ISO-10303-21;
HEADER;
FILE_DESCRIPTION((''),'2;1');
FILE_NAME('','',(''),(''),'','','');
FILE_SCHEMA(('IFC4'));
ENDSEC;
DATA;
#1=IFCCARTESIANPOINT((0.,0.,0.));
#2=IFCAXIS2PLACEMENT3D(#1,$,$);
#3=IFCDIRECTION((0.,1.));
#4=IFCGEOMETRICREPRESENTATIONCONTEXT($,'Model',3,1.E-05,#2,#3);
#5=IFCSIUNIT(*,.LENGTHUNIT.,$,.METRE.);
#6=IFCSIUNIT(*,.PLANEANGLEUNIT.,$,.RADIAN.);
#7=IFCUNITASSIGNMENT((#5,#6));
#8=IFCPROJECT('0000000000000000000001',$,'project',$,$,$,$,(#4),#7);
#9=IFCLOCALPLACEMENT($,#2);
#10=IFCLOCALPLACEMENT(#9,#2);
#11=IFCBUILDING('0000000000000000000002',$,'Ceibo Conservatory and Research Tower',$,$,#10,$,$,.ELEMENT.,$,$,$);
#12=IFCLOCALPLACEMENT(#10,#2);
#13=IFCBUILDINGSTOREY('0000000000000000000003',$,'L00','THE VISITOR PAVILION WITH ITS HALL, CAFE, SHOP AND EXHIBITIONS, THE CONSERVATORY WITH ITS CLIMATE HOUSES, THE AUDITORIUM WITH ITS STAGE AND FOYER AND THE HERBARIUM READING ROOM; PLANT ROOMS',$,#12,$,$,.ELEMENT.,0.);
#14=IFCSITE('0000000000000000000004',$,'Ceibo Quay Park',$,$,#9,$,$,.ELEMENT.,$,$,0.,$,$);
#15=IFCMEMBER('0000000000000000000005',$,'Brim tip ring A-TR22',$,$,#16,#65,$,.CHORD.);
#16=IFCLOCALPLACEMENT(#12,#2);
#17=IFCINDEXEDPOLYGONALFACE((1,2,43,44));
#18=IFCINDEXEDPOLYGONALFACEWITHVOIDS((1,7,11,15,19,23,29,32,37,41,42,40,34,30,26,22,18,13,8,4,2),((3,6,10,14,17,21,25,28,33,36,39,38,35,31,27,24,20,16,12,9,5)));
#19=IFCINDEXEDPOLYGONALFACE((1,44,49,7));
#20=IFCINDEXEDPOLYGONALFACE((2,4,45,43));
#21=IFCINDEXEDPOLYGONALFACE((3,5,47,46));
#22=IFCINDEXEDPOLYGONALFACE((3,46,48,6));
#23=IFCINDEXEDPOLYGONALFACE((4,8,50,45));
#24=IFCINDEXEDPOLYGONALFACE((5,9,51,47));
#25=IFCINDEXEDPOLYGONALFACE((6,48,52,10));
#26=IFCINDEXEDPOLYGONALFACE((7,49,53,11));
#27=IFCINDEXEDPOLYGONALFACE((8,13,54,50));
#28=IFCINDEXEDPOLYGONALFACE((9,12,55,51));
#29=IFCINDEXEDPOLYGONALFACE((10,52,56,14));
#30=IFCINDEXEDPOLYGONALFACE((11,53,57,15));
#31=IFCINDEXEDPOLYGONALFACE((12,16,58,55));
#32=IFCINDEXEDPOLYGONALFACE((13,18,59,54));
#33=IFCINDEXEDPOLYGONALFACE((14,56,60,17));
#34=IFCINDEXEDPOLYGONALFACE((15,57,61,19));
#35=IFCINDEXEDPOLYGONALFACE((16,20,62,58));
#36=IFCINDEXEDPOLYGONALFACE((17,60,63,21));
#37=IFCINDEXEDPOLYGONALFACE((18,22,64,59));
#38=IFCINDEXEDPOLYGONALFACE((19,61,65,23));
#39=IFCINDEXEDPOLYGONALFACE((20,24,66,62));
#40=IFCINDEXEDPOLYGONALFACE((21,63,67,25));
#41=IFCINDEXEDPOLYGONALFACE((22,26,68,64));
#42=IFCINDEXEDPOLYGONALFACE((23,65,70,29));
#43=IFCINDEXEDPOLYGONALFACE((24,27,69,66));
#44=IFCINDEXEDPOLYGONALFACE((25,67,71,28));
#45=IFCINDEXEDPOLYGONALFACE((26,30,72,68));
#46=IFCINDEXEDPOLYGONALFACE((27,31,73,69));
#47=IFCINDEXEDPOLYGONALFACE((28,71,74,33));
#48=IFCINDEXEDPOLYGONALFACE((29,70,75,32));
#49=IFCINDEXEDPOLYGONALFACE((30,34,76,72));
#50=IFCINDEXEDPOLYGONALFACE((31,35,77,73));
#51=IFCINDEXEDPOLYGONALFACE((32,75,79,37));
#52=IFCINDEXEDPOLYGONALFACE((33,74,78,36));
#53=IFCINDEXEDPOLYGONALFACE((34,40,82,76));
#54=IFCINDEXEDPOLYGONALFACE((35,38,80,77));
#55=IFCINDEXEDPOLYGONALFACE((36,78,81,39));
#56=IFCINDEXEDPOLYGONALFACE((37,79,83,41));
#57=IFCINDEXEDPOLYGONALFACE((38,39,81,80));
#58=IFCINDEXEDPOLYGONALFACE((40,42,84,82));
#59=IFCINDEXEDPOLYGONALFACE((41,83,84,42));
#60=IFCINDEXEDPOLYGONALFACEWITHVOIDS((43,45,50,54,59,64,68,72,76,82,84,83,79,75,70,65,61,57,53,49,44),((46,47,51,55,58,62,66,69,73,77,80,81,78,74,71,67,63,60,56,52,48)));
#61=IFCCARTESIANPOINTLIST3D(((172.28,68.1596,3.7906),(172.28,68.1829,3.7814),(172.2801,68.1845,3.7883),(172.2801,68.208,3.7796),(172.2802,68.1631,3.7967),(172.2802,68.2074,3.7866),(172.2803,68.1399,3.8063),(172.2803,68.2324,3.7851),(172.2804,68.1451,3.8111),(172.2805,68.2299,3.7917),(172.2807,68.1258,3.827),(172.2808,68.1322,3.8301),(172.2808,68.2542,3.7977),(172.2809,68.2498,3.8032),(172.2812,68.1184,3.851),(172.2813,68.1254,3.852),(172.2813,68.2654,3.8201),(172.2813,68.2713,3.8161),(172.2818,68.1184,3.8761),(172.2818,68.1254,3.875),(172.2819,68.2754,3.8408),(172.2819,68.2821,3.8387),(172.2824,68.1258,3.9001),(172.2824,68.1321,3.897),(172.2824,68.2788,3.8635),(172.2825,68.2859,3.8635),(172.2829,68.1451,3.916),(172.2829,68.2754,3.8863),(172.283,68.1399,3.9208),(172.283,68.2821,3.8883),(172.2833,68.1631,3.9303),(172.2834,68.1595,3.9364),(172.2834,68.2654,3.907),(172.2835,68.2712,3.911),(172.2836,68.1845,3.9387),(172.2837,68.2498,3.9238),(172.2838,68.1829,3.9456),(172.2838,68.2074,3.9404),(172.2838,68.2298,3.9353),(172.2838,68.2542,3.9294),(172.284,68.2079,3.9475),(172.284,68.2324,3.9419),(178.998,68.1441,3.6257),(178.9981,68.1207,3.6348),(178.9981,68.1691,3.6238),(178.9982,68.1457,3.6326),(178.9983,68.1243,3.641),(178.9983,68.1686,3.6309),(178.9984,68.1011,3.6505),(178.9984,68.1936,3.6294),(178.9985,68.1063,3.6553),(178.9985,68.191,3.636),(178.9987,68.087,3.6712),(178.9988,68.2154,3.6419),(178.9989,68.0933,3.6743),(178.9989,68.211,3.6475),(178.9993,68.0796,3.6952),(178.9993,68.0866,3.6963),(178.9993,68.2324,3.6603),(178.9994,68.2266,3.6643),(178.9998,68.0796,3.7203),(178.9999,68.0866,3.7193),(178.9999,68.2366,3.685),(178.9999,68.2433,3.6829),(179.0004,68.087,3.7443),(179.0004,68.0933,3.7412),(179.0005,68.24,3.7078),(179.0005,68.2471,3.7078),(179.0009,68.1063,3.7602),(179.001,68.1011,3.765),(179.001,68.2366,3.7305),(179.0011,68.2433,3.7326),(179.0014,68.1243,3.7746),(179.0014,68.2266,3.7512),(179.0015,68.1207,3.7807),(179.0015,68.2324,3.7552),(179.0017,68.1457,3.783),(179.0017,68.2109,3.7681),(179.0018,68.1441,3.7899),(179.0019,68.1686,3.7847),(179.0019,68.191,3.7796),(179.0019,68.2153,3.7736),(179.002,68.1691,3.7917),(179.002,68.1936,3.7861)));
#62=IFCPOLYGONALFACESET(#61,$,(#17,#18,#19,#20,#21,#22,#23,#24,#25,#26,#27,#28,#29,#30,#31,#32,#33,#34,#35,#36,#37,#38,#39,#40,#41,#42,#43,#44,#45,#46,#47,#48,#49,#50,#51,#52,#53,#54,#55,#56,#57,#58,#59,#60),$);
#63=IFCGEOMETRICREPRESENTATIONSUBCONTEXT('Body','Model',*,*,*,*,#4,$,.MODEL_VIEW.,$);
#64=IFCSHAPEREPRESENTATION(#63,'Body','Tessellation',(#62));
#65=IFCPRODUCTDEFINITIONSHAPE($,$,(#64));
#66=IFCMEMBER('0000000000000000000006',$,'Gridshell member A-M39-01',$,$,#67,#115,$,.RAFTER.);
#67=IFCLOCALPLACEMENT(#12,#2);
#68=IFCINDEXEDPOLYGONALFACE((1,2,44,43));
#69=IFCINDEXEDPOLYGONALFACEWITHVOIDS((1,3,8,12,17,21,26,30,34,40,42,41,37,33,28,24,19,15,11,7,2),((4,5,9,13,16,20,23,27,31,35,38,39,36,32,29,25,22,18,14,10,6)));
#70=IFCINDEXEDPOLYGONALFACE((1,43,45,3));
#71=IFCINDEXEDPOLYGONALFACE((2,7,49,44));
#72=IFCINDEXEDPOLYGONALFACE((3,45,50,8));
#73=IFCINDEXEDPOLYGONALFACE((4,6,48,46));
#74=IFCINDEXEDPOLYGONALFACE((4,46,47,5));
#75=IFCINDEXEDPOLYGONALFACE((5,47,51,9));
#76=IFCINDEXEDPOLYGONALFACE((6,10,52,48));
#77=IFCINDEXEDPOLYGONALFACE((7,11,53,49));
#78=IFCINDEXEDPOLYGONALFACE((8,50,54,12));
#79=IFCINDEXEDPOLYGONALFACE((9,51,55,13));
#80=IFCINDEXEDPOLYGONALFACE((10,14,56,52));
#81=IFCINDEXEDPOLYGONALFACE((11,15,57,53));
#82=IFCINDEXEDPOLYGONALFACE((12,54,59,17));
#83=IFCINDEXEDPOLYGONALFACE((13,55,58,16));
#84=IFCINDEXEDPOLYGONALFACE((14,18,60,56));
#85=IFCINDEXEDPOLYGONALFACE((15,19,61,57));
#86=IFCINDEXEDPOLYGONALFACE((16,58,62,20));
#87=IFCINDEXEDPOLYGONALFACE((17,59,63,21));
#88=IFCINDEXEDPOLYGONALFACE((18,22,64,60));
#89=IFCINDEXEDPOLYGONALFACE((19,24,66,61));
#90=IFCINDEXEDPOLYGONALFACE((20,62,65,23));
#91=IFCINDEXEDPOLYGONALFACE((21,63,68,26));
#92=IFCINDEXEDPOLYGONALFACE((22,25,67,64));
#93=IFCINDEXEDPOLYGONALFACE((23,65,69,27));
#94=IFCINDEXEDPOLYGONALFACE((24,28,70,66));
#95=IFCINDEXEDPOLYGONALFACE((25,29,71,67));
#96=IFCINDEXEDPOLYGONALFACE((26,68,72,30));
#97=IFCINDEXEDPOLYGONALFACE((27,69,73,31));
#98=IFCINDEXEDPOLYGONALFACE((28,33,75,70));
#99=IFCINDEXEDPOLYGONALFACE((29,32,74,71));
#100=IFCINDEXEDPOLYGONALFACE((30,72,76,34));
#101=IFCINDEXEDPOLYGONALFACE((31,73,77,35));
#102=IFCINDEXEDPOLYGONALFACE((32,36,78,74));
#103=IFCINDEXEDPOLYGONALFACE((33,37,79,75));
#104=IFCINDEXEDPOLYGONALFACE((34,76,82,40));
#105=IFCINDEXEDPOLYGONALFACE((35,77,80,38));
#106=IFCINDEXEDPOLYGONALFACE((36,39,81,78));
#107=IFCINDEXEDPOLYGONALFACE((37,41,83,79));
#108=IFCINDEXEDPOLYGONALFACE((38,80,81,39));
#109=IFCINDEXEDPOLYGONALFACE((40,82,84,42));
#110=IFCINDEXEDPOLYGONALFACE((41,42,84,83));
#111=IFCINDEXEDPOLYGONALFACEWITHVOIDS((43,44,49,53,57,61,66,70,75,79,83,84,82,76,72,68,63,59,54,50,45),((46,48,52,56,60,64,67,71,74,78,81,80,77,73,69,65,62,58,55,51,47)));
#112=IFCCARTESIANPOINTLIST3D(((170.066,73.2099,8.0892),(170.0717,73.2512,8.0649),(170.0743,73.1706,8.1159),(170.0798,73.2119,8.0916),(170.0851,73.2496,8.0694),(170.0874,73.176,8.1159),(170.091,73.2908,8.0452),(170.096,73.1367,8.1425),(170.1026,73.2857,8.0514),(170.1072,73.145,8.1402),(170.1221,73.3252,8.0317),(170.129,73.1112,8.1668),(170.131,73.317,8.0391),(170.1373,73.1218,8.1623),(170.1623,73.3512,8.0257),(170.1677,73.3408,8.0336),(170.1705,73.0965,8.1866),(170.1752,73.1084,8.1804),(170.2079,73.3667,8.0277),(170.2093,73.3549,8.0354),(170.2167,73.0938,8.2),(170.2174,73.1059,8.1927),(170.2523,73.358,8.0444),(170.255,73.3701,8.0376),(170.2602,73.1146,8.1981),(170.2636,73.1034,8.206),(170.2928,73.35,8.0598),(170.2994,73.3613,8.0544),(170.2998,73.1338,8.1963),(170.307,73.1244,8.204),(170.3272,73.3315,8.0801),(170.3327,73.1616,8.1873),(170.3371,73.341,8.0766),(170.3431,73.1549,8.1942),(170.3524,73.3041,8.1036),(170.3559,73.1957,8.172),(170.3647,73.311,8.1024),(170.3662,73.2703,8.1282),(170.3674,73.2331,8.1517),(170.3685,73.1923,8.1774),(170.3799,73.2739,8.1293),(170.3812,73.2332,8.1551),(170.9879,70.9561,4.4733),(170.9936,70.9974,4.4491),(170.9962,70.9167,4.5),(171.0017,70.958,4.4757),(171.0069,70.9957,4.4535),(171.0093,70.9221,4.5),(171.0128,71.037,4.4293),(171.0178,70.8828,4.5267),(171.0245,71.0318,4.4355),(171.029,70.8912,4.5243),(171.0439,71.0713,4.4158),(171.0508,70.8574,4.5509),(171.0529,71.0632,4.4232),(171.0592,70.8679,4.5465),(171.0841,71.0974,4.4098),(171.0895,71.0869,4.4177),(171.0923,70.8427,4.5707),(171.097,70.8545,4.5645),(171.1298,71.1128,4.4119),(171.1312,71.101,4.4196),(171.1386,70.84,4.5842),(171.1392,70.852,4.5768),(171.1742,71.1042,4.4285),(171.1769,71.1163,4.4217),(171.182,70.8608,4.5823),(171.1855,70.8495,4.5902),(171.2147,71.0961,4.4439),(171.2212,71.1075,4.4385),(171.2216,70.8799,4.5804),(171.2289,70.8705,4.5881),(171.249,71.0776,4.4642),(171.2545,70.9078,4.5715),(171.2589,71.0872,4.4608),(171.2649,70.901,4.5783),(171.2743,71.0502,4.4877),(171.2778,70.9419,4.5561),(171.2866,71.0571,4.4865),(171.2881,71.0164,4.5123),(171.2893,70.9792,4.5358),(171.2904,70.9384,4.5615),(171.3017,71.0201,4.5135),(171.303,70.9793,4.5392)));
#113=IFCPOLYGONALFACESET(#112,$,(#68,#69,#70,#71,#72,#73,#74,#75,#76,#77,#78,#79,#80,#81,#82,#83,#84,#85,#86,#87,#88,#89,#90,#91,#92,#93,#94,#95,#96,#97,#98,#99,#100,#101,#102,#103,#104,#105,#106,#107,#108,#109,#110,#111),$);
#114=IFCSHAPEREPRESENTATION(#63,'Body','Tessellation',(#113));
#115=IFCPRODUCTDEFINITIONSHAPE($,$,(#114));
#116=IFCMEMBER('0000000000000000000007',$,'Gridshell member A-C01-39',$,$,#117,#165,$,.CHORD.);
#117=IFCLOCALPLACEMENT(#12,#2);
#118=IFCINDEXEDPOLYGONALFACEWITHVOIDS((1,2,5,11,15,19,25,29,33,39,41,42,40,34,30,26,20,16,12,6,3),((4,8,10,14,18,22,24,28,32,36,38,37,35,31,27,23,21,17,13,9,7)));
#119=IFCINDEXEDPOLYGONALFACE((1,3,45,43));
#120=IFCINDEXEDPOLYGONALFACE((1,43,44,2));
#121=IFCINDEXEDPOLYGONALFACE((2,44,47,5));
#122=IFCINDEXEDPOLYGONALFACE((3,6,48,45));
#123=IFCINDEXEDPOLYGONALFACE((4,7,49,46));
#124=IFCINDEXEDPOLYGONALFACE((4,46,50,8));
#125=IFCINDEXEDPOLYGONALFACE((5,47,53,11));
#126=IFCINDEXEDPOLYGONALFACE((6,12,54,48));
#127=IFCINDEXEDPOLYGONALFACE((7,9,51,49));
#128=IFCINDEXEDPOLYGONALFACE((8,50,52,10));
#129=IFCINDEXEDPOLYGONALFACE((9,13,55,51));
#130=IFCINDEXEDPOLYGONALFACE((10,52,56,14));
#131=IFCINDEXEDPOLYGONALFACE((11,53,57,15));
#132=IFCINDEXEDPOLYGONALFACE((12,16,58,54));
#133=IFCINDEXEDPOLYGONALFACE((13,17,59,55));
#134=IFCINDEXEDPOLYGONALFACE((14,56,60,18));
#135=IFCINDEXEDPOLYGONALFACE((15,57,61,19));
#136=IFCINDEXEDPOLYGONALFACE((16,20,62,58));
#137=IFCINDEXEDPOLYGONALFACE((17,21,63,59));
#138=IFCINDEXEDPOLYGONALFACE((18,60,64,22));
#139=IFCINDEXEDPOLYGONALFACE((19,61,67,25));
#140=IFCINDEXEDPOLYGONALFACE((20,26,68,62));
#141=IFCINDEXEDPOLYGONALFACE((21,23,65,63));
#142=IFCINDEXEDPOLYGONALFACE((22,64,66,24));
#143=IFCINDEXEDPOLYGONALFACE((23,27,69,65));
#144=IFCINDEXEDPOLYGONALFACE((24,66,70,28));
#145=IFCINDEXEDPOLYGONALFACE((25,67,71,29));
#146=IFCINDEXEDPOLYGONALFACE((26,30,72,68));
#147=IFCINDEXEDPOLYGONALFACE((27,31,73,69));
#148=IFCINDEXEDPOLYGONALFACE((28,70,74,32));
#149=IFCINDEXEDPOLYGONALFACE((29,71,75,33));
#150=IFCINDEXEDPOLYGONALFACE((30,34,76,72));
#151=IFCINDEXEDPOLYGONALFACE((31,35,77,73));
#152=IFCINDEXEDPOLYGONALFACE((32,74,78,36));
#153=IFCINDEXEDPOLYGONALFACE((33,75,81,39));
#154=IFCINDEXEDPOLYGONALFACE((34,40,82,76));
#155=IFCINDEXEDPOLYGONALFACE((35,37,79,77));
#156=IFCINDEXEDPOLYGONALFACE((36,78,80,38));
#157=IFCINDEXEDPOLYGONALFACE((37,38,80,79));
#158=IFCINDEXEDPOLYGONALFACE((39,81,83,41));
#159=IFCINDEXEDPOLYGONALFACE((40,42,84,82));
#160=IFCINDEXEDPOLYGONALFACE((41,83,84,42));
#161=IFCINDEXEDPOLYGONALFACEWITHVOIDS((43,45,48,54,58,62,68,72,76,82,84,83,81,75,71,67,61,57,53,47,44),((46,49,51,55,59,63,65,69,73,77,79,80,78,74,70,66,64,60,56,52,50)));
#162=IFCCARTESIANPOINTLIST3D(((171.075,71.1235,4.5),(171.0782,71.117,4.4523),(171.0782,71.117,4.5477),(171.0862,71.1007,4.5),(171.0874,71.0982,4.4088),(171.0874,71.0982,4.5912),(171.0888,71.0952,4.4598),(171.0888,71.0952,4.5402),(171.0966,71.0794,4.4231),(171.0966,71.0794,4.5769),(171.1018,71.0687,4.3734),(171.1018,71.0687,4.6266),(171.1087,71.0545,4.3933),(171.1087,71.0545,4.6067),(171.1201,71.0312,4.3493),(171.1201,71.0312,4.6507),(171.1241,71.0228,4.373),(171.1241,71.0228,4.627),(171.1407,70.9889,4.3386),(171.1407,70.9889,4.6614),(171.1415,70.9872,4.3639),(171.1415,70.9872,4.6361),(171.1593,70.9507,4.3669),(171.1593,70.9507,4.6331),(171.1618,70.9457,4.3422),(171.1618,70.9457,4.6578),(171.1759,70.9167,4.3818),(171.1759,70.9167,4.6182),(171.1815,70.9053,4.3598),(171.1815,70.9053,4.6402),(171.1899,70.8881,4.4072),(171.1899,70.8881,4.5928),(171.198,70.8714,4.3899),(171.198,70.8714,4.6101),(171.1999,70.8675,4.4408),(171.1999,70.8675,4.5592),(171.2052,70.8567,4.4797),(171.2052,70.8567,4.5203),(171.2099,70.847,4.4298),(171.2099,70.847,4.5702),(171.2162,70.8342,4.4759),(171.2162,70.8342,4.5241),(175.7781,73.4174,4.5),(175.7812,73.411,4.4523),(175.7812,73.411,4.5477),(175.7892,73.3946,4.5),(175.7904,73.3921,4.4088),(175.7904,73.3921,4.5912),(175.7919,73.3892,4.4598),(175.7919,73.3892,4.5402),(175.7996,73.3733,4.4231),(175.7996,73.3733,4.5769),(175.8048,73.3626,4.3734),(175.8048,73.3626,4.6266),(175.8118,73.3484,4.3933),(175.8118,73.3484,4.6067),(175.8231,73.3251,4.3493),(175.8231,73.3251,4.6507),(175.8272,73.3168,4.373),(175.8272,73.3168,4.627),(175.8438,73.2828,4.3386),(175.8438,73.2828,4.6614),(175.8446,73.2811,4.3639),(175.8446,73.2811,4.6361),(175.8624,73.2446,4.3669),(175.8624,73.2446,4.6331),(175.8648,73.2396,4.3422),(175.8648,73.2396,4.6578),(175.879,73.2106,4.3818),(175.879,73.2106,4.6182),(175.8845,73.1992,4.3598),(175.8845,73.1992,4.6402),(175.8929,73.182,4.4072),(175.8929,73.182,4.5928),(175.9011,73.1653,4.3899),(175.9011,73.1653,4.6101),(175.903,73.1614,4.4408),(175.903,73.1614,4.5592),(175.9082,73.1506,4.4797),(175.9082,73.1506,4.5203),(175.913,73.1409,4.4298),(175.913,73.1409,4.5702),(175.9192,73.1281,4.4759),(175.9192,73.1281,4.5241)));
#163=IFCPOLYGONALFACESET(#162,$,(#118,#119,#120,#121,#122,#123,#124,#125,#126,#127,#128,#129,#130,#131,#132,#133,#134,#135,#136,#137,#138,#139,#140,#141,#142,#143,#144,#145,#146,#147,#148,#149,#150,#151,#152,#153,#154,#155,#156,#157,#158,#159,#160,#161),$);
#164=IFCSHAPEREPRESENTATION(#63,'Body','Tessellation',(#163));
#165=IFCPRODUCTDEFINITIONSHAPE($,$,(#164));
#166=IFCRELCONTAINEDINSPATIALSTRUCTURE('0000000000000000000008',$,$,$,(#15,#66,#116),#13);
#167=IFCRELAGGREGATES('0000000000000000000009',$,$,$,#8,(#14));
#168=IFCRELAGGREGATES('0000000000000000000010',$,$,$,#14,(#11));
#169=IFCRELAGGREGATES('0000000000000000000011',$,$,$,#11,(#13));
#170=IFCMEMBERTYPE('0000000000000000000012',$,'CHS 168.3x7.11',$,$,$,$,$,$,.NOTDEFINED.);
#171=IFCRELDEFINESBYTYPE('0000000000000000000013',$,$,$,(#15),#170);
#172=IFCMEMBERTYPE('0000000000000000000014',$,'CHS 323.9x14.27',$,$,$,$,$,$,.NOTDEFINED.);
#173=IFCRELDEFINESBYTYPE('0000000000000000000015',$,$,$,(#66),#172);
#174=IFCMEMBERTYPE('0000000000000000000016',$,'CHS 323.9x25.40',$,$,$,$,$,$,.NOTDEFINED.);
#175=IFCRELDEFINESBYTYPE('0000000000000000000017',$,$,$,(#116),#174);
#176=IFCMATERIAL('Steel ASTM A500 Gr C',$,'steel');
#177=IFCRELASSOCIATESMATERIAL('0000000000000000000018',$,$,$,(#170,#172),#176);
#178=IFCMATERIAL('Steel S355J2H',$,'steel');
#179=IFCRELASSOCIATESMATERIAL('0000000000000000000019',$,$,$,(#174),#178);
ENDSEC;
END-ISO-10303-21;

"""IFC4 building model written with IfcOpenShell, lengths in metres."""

from ifc_helpers import new_model, si_unit, direction, frame, origin, origin_2d, place, context, subcontext, project, spatial, hollow_circle, extrude, material, material_profile, profile_set, type_object, element, save


model = new_model("IFC4")

# Units and contexts
model_context = context("Model", 3, precision=1e-05, world=origin(), true_north=direction((0.0, 1.0)))
body_context = subcontext(model_context, "Body", "Model", "MODEL_VIEW")
ifc_project = project(units=[si_unit("LENGTHUNIT", "METRE"), si_unit("PLANEANGLEUNIT", "RADIAN")], contexts=[model_context])

# Site, building, storey
site_placement = place(None, origin())
site = spatial("IfcSite", under=ifc_project, at=site_placement, Name="Ceibo Quay Park", CompositionType="ELEMENT", RefElevation=0.0)
building_placement = place(site_placement, origin())
building = spatial("IfcBuilding", under=site, at=building_placement, Name="Ceibo Conservatory and Research Tower", CompositionType="ELEMENT")
storey_placement = place(building_placement, origin())
storey = spatial("IfcBuildingStorey", under=building, at=storey_placement, Name="L00", Description="THE VISITOR PAVILION WITH ITS HALL, CAFE, SHOP AND EXHIBITIONS, THE CONSERVATORY WITH ITS CLIMATE HOUSES, THE AUDITORIUM WITH ITS STAGE AND FOYER AND THE HERBARIUM READING ROOM; PLANT ROOMS", CompositionType="ELEMENT", Elevation=0.0)

# Shared definitions
ifc_material_1 = material(Name="Steel ASTM A500 Gr C", Category="steel")

# Members
ifc_material_profile_1 = material_profile(ifc_material_1, hollow_circle(Radius=0.0842, WallThickness=0.0071, at=origin_2d()), Name="CHS 168.3x7.11")
ifc_profile_set_1 = profile_set([ifc_material_profile_1], Name="Steel ASTM A500 Gr C")
member_type_1 = type_object("IfcMemberType", Name="CHS 168.3x7.11", PredefinedType="NOTDEFINED", material=ifc_profile_set_1)
member_1_placement = place(storey_placement, frame((172.282, 68.2017, 3.8635), z_axis=(0.999715, -0.005777, -0.023179), x_axis=(0.005778, 0.999983, 0.0)))
element("IfcMember", 1, at=member_1_placement, inside=storey, type_object=member_type_1, Name="Brim tip ring A-TR22", PredefinedType="CHORD", context=body_context, shape_type="SweptSolid", body=[
    extrude(hollow_circle(Radius=0.0842, WallThickness=0.0071, at=origin_2d()), origin(), (0.0, 0.0, 1.0), 6.72),
])
ifc_material_profile_2 = material_profile(ifc_material_1, hollow_circle(Radius=0.1619, WallThickness=0.0142, at=origin_2d()), Name="CHS 323.9x14.27")
ifc_profile_set_2 = profile_set([ifc_material_profile_2], Name="Steel ASTM A500 Gr C")
member_type_2 = type_object("IfcMemberType", Name="CHS 323.9x14.27", PredefinedType="NOTDEFINED", material=ifc_profile_set_2)
member_2_placement = place(storey_placement, frame((171.146, 70.978, 4.5), z_axis=(-0.211464, 0.517011, 0.829447), x_axis=(-0.925573, -0.37857, 0.0)))
element("IfcMember", 2, at=member_2_placement, inside=storey, type_object=member_type_2, Name="Gridshell member A-M39-01", PredefinedType="RAFTER", context=body_context, shape_type="SweptSolid", body=[
    extrude(hollow_circle(Radius=0.1619, WallThickness=0.0142, at=origin_2d()), origin(), (0.0, 0.0, 1.0), 4.3594),
])
ifc_material_2 = material(Name="Steel S355J2H", Category="steel")
ifc_material_profile_3 = material_profile(ifc_material_2, hollow_circle(Radius=0.1619, WallThickness=0.0254, at=origin_2d()), Name="CHS 323.9x25.40")
ifc_profile_set_3 = profile_set([ifc_material_profile_3], Name="Steel S355J2H")
member_type_3 = type_object("IfcMemberType", Name="CHS 323.9x25.40", PredefinedType="NOTDEFINED", material=ifc_profile_set_3)
member_3_placement = place(storey_placement, frame((171.146, 70.978, 4.5), z_axis=(0.898788, 0.438383, 0.0), x_axis=(-0.438383, 0.898788, 0.0)))
element("IfcMember", 3, at=member_3_placement, inside=storey, type_object=member_type_3, Name="Gridshell member A-C01-39", PredefinedType="CHORD", context=body_context, shape_type="SweptSolid", body=[
    extrude(hollow_circle(Radius=0.1619, WallThickness=0.0254, at=origin_2d()), origin(), (0.0, 0.0, 1.0), 5.2327),
])

save(model, "model.ifc")
